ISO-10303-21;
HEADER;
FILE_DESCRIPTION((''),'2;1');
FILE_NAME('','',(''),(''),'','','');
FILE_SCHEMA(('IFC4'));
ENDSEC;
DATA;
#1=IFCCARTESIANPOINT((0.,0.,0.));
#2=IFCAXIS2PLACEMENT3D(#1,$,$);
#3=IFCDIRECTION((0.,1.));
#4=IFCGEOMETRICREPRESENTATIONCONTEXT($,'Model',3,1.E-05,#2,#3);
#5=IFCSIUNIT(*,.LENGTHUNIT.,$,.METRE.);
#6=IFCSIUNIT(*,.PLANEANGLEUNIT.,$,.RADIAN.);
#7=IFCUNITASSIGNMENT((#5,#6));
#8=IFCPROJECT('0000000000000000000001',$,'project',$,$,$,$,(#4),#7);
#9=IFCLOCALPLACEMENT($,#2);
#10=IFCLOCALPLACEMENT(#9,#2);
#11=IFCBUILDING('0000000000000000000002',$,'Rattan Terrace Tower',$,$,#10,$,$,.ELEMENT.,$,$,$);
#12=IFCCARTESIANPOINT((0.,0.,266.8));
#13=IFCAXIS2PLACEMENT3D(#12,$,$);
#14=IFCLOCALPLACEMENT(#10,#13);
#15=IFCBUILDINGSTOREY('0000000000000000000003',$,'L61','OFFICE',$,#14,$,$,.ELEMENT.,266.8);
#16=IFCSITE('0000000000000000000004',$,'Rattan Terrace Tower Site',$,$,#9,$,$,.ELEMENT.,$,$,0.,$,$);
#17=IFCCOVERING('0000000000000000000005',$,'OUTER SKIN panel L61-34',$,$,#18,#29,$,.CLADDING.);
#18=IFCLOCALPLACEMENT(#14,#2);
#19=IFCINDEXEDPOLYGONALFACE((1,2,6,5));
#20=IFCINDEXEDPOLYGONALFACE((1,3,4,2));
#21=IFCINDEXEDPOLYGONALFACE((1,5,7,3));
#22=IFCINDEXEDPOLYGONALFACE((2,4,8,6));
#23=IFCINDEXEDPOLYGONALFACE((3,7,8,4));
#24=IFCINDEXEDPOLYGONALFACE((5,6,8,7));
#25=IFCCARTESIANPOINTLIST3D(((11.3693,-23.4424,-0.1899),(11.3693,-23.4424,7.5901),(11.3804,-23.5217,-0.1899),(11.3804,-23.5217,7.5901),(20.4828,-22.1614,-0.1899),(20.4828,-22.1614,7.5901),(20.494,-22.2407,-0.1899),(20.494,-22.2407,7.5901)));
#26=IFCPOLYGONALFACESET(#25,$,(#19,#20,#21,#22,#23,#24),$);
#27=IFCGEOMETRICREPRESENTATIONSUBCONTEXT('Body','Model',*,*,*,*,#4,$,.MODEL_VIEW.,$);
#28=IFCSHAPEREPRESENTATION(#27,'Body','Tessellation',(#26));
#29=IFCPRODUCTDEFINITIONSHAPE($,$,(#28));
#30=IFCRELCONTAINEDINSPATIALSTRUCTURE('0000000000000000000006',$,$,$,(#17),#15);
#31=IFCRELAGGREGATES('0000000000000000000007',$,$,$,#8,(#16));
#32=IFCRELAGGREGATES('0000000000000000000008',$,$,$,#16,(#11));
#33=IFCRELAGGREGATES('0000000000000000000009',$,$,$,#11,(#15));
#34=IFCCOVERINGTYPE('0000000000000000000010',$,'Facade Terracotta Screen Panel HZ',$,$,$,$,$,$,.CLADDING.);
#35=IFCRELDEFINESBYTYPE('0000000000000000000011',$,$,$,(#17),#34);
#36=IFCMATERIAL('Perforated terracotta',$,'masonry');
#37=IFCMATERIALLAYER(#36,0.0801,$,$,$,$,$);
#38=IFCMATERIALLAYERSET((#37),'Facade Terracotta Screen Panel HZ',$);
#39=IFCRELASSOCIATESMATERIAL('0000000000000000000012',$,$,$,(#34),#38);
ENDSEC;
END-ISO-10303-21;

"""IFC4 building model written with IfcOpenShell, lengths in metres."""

from ifc_helpers import new_model, si_unit, direction, frame, origin, origin_2d, place, context, subcontext, project, spatial, rectangle, extrude, material, layer, layer_set, type_object, element, save


model = new_model("IFC4")

# Units and contexts
model_context = context("Model", 3, precision=1e-05, world=origin(), true_north=direction((0.0, 1.0)))
body_context = subcontext(model_context, "Body", "Model", "MODEL_VIEW")
ifc_project = project(units=[si_unit("LENGTHUNIT", "METRE"), si_unit("PLANEANGLEUNIT", "RADIAN")], contexts=[model_context])

# Site, building, storey
site_placement = place(None, origin())
site = spatial("IfcSite", under=ifc_project, at=site_placement, Name="Rattan Terrace Tower Site", CompositionType="ELEMENT", RefElevation=0.0)
building_placement = place(site_placement, origin())
building = spatial("IfcBuilding", under=site, at=building_placement, Name="Rattan Terrace Tower", CompositionType="ELEMENT")
storey_placement = place(building_placement, frame((0.0, 0.0, 266.8)))
storey = spatial("IfcBuildingStorey", under=building, at=storey_placement, Name="L61", Description="OFFICE", CompositionType="ELEMENT", Elevation=266.8)

# Covering
ifc_material_1 = material(Name="Perforated terracotta", Category="masonry")
ifc_layer_1 = layer(ifc_material_1, 0.0801)
ifc_layer_set_1 = layer_set([ifc_layer_1], Name="Facade Terracotta Screen Panel HZ")
covering_type = type_object("IfcCoveringType", Name="Facade Terracotta Screen Panel HZ", PredefinedType="CLADDING", material=ifc_layer_set_1)
covering_1_placement = place(storey_placement, frame((15.9316, -22.8416, -0.1899), z_axis=(0.0, 0.0, 1.0), x_axis=(0.990266, 0.139189, 0.0)))
element("IfcCovering", 1, at=covering_1_placement, inside=storey, type_object=covering_type, Name="OUTER SKIN panel L61-34", PredefinedType="CLADDING", context=body_context, shape_type="SweptSolid", body=[
    extrude(rectangle(XDim=9.2031, YDim=0.0801, at=origin_2d()), origin(), (0.0, 0.0, 1.0), 7.78),
])

save(model, "model.ifc")
